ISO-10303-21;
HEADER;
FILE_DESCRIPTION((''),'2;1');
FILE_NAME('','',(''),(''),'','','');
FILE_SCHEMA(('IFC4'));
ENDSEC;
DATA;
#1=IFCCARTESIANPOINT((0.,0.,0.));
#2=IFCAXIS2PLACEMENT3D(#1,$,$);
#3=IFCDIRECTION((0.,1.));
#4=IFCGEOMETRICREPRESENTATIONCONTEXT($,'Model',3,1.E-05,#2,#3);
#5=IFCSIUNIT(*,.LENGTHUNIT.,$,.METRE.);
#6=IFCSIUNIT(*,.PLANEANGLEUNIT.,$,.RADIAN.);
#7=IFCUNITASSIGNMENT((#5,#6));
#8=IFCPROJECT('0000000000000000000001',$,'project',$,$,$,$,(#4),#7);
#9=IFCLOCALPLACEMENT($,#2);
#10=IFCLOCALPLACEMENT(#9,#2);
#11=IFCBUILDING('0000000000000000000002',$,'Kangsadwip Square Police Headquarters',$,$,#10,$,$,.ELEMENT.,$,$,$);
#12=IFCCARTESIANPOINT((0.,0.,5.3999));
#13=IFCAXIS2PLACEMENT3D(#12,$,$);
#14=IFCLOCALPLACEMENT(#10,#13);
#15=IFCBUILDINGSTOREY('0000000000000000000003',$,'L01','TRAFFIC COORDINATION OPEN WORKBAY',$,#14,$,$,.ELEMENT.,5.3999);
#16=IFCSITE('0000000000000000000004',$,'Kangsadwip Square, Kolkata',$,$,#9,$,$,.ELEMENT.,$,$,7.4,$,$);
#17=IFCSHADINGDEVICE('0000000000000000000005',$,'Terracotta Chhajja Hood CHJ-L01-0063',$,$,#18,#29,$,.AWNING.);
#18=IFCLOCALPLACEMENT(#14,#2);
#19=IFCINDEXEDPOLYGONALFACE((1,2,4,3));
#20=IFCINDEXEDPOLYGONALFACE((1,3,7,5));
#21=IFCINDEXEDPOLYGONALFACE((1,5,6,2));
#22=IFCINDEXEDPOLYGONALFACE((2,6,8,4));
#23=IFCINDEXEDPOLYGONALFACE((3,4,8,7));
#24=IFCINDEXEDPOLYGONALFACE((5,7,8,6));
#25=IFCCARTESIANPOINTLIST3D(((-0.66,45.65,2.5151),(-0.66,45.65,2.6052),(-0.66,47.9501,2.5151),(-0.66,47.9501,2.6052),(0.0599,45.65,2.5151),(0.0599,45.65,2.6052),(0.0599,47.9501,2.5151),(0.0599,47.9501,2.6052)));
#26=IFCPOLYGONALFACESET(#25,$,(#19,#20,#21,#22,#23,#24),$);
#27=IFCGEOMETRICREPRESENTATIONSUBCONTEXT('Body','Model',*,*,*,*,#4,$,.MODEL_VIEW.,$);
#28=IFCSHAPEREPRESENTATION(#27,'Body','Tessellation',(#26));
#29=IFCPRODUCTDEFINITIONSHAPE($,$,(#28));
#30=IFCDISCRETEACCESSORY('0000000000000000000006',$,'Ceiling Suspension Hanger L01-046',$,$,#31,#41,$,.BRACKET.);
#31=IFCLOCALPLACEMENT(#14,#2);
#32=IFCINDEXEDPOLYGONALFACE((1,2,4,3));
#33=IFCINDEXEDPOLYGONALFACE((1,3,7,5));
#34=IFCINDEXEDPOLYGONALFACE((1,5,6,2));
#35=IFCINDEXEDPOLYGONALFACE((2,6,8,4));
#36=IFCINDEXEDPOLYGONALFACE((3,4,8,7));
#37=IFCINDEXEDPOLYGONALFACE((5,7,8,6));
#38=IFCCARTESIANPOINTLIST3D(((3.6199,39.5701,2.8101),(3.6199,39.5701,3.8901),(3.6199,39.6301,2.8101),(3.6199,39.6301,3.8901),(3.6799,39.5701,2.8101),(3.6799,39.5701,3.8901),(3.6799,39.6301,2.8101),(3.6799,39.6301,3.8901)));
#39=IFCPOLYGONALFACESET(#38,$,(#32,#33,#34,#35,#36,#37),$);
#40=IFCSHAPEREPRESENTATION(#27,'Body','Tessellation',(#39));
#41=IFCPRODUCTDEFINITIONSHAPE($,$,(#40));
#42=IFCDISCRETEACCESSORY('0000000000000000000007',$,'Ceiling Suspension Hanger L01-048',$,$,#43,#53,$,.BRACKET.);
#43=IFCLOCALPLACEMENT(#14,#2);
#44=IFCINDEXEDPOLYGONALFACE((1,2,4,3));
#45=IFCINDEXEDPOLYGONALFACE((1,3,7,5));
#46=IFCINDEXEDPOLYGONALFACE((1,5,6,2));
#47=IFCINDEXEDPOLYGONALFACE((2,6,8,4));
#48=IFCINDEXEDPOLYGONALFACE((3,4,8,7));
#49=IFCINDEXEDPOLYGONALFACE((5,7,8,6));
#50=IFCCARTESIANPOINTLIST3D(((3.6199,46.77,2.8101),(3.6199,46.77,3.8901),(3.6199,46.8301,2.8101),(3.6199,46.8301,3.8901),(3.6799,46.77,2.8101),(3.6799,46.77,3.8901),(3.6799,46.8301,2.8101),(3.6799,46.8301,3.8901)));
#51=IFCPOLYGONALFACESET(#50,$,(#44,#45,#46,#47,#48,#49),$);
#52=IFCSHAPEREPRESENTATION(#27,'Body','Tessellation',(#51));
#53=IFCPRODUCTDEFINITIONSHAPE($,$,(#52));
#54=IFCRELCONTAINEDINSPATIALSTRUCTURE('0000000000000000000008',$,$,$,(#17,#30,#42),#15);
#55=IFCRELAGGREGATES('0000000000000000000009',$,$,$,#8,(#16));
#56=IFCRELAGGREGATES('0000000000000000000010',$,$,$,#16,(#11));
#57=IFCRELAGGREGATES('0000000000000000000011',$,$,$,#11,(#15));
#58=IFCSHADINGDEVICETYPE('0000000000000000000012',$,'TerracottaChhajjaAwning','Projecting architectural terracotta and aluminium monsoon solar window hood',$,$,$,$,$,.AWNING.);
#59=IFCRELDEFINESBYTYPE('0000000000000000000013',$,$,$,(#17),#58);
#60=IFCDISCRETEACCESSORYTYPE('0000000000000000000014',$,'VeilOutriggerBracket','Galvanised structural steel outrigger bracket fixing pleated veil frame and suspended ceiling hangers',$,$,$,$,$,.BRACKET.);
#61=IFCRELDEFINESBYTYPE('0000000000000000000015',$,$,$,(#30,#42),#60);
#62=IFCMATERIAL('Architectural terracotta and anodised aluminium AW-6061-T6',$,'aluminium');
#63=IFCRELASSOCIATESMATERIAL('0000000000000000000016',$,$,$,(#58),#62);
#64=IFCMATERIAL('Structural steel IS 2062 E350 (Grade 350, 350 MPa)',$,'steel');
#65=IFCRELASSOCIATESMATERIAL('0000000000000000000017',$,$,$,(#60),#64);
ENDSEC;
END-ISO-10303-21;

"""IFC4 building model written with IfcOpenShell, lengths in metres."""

from ifc_helpers import new_model, si_unit, direction, frame, origin, origin_2d, place, context, subcontext, project, spatial, rectangle, extrude, material, type_object, element, save


model = new_model("IFC4")

# Units and contexts
model_context = context("Model", 3, precision=1e-05, world=origin(), true_north=direction((0.0, 1.0)))
body_context = subcontext(model_context, "Body", "Model", "MODEL_VIEW")
ifc_project = project(units=[si_unit("LENGTHUNIT", "METRE"), si_unit("PLANEANGLEUNIT", "RADIAN")], contexts=[model_context])

# Site, building, storey
site_placement = place(None, origin())
site = spatial("IfcSite", under=ifc_project, at=site_placement, Name="Kangsadwip Square, Kolkata", CompositionType="ELEMENT", RefElevation=7.4)
building_placement = place(site_placement, origin())
building = spatial("IfcBuilding", under=site, at=building_placement, Name="Kangsadwip Square Police Headquarters", CompositionType="ELEMENT")
storey_placement = place(building_placement, frame((0.0, 0.0, 5.3999)))
storey = spatial("IfcBuildingStorey", under=building, at=storey_placement, Name="L01", Description="TRAFFIC COORDINATION OPEN WORKBAY", CompositionType="ELEMENT", Elevation=5.3999)

# Shading device
ifc_material_1 = material(Name="Architectural terracotta and anodised aluminium AW-6061-T6", Category="aluminium")
shading_device_type = type_object("IfcShadingDeviceType", Name="TerracottaChhajjaAwning", Description="Projecting architectural terracotta and aluminium monsoon solar window hood", PredefinedType="AWNING", material=ifc_material_1)
shading_device_placement = place(storey_placement, frame((-0.3, 46.8, 2.5151), z_axis=(0.0, 0.0, 1.0), x_axis=(0.0, 1.0, 0.0)))
element("IfcShadingDevice", 1, at=shading_device_placement, inside=storey, type_object=shading_device_type, Name="Terracotta Chhajja Hood CHJ-L01-0063", PredefinedType="AWNING", context=body_context, shape_type="SweptSolid", body=[
    extrude(rectangle(XDim=2.3, YDim=0.72, at=origin_2d()), origin(), (0.0, 0.0, 1.0), 0.0901),
])

# Discrete accessories
ifc_material_2 = material(Name="Structural steel IS 2062 E350 (Grade 350, 350 MPa)", Category="steel")
discrete_accessory_type = type_object("IfcDiscreteAccessoryType", Name="VeilOutriggerBracket", Description="Galvanised structural steel outrigger bracket fixing pleated veil frame and suspended ceiling hangers", PredefinedType="BRACKET", material=ifc_material_2)
for number, where, z_axis, x_axis, name in (
    (2, (3.6499, 39.6001, 2.8101), (0.0, 0.0, 1.0), (1.0, 0.0, 0.0), "Ceiling Suspension Hanger L01-046"),
    (3, (3.6499, 46.8, 2.8101), (0.0, 0.0, 1.0), (1.0, 0.0, 0.0), "Ceiling Suspension Hanger L01-048"),
):
    element("IfcDiscreteAccessory", number, at=place(storey_placement, frame(where, z_axis=z_axis, x_axis=x_axis)), inside=storey, type_object=discrete_accessory_type, Name=name, PredefinedType="BRACKET", context=body_context, shape_type="SweptSolid", body=[
        extrude(rectangle(XDim=0.0601, YDim=0.0601, at=origin_2d()), origin(), (0.0, 0.0, 1.0), 1.0801),
    ])

save(model, "model.ifc")
